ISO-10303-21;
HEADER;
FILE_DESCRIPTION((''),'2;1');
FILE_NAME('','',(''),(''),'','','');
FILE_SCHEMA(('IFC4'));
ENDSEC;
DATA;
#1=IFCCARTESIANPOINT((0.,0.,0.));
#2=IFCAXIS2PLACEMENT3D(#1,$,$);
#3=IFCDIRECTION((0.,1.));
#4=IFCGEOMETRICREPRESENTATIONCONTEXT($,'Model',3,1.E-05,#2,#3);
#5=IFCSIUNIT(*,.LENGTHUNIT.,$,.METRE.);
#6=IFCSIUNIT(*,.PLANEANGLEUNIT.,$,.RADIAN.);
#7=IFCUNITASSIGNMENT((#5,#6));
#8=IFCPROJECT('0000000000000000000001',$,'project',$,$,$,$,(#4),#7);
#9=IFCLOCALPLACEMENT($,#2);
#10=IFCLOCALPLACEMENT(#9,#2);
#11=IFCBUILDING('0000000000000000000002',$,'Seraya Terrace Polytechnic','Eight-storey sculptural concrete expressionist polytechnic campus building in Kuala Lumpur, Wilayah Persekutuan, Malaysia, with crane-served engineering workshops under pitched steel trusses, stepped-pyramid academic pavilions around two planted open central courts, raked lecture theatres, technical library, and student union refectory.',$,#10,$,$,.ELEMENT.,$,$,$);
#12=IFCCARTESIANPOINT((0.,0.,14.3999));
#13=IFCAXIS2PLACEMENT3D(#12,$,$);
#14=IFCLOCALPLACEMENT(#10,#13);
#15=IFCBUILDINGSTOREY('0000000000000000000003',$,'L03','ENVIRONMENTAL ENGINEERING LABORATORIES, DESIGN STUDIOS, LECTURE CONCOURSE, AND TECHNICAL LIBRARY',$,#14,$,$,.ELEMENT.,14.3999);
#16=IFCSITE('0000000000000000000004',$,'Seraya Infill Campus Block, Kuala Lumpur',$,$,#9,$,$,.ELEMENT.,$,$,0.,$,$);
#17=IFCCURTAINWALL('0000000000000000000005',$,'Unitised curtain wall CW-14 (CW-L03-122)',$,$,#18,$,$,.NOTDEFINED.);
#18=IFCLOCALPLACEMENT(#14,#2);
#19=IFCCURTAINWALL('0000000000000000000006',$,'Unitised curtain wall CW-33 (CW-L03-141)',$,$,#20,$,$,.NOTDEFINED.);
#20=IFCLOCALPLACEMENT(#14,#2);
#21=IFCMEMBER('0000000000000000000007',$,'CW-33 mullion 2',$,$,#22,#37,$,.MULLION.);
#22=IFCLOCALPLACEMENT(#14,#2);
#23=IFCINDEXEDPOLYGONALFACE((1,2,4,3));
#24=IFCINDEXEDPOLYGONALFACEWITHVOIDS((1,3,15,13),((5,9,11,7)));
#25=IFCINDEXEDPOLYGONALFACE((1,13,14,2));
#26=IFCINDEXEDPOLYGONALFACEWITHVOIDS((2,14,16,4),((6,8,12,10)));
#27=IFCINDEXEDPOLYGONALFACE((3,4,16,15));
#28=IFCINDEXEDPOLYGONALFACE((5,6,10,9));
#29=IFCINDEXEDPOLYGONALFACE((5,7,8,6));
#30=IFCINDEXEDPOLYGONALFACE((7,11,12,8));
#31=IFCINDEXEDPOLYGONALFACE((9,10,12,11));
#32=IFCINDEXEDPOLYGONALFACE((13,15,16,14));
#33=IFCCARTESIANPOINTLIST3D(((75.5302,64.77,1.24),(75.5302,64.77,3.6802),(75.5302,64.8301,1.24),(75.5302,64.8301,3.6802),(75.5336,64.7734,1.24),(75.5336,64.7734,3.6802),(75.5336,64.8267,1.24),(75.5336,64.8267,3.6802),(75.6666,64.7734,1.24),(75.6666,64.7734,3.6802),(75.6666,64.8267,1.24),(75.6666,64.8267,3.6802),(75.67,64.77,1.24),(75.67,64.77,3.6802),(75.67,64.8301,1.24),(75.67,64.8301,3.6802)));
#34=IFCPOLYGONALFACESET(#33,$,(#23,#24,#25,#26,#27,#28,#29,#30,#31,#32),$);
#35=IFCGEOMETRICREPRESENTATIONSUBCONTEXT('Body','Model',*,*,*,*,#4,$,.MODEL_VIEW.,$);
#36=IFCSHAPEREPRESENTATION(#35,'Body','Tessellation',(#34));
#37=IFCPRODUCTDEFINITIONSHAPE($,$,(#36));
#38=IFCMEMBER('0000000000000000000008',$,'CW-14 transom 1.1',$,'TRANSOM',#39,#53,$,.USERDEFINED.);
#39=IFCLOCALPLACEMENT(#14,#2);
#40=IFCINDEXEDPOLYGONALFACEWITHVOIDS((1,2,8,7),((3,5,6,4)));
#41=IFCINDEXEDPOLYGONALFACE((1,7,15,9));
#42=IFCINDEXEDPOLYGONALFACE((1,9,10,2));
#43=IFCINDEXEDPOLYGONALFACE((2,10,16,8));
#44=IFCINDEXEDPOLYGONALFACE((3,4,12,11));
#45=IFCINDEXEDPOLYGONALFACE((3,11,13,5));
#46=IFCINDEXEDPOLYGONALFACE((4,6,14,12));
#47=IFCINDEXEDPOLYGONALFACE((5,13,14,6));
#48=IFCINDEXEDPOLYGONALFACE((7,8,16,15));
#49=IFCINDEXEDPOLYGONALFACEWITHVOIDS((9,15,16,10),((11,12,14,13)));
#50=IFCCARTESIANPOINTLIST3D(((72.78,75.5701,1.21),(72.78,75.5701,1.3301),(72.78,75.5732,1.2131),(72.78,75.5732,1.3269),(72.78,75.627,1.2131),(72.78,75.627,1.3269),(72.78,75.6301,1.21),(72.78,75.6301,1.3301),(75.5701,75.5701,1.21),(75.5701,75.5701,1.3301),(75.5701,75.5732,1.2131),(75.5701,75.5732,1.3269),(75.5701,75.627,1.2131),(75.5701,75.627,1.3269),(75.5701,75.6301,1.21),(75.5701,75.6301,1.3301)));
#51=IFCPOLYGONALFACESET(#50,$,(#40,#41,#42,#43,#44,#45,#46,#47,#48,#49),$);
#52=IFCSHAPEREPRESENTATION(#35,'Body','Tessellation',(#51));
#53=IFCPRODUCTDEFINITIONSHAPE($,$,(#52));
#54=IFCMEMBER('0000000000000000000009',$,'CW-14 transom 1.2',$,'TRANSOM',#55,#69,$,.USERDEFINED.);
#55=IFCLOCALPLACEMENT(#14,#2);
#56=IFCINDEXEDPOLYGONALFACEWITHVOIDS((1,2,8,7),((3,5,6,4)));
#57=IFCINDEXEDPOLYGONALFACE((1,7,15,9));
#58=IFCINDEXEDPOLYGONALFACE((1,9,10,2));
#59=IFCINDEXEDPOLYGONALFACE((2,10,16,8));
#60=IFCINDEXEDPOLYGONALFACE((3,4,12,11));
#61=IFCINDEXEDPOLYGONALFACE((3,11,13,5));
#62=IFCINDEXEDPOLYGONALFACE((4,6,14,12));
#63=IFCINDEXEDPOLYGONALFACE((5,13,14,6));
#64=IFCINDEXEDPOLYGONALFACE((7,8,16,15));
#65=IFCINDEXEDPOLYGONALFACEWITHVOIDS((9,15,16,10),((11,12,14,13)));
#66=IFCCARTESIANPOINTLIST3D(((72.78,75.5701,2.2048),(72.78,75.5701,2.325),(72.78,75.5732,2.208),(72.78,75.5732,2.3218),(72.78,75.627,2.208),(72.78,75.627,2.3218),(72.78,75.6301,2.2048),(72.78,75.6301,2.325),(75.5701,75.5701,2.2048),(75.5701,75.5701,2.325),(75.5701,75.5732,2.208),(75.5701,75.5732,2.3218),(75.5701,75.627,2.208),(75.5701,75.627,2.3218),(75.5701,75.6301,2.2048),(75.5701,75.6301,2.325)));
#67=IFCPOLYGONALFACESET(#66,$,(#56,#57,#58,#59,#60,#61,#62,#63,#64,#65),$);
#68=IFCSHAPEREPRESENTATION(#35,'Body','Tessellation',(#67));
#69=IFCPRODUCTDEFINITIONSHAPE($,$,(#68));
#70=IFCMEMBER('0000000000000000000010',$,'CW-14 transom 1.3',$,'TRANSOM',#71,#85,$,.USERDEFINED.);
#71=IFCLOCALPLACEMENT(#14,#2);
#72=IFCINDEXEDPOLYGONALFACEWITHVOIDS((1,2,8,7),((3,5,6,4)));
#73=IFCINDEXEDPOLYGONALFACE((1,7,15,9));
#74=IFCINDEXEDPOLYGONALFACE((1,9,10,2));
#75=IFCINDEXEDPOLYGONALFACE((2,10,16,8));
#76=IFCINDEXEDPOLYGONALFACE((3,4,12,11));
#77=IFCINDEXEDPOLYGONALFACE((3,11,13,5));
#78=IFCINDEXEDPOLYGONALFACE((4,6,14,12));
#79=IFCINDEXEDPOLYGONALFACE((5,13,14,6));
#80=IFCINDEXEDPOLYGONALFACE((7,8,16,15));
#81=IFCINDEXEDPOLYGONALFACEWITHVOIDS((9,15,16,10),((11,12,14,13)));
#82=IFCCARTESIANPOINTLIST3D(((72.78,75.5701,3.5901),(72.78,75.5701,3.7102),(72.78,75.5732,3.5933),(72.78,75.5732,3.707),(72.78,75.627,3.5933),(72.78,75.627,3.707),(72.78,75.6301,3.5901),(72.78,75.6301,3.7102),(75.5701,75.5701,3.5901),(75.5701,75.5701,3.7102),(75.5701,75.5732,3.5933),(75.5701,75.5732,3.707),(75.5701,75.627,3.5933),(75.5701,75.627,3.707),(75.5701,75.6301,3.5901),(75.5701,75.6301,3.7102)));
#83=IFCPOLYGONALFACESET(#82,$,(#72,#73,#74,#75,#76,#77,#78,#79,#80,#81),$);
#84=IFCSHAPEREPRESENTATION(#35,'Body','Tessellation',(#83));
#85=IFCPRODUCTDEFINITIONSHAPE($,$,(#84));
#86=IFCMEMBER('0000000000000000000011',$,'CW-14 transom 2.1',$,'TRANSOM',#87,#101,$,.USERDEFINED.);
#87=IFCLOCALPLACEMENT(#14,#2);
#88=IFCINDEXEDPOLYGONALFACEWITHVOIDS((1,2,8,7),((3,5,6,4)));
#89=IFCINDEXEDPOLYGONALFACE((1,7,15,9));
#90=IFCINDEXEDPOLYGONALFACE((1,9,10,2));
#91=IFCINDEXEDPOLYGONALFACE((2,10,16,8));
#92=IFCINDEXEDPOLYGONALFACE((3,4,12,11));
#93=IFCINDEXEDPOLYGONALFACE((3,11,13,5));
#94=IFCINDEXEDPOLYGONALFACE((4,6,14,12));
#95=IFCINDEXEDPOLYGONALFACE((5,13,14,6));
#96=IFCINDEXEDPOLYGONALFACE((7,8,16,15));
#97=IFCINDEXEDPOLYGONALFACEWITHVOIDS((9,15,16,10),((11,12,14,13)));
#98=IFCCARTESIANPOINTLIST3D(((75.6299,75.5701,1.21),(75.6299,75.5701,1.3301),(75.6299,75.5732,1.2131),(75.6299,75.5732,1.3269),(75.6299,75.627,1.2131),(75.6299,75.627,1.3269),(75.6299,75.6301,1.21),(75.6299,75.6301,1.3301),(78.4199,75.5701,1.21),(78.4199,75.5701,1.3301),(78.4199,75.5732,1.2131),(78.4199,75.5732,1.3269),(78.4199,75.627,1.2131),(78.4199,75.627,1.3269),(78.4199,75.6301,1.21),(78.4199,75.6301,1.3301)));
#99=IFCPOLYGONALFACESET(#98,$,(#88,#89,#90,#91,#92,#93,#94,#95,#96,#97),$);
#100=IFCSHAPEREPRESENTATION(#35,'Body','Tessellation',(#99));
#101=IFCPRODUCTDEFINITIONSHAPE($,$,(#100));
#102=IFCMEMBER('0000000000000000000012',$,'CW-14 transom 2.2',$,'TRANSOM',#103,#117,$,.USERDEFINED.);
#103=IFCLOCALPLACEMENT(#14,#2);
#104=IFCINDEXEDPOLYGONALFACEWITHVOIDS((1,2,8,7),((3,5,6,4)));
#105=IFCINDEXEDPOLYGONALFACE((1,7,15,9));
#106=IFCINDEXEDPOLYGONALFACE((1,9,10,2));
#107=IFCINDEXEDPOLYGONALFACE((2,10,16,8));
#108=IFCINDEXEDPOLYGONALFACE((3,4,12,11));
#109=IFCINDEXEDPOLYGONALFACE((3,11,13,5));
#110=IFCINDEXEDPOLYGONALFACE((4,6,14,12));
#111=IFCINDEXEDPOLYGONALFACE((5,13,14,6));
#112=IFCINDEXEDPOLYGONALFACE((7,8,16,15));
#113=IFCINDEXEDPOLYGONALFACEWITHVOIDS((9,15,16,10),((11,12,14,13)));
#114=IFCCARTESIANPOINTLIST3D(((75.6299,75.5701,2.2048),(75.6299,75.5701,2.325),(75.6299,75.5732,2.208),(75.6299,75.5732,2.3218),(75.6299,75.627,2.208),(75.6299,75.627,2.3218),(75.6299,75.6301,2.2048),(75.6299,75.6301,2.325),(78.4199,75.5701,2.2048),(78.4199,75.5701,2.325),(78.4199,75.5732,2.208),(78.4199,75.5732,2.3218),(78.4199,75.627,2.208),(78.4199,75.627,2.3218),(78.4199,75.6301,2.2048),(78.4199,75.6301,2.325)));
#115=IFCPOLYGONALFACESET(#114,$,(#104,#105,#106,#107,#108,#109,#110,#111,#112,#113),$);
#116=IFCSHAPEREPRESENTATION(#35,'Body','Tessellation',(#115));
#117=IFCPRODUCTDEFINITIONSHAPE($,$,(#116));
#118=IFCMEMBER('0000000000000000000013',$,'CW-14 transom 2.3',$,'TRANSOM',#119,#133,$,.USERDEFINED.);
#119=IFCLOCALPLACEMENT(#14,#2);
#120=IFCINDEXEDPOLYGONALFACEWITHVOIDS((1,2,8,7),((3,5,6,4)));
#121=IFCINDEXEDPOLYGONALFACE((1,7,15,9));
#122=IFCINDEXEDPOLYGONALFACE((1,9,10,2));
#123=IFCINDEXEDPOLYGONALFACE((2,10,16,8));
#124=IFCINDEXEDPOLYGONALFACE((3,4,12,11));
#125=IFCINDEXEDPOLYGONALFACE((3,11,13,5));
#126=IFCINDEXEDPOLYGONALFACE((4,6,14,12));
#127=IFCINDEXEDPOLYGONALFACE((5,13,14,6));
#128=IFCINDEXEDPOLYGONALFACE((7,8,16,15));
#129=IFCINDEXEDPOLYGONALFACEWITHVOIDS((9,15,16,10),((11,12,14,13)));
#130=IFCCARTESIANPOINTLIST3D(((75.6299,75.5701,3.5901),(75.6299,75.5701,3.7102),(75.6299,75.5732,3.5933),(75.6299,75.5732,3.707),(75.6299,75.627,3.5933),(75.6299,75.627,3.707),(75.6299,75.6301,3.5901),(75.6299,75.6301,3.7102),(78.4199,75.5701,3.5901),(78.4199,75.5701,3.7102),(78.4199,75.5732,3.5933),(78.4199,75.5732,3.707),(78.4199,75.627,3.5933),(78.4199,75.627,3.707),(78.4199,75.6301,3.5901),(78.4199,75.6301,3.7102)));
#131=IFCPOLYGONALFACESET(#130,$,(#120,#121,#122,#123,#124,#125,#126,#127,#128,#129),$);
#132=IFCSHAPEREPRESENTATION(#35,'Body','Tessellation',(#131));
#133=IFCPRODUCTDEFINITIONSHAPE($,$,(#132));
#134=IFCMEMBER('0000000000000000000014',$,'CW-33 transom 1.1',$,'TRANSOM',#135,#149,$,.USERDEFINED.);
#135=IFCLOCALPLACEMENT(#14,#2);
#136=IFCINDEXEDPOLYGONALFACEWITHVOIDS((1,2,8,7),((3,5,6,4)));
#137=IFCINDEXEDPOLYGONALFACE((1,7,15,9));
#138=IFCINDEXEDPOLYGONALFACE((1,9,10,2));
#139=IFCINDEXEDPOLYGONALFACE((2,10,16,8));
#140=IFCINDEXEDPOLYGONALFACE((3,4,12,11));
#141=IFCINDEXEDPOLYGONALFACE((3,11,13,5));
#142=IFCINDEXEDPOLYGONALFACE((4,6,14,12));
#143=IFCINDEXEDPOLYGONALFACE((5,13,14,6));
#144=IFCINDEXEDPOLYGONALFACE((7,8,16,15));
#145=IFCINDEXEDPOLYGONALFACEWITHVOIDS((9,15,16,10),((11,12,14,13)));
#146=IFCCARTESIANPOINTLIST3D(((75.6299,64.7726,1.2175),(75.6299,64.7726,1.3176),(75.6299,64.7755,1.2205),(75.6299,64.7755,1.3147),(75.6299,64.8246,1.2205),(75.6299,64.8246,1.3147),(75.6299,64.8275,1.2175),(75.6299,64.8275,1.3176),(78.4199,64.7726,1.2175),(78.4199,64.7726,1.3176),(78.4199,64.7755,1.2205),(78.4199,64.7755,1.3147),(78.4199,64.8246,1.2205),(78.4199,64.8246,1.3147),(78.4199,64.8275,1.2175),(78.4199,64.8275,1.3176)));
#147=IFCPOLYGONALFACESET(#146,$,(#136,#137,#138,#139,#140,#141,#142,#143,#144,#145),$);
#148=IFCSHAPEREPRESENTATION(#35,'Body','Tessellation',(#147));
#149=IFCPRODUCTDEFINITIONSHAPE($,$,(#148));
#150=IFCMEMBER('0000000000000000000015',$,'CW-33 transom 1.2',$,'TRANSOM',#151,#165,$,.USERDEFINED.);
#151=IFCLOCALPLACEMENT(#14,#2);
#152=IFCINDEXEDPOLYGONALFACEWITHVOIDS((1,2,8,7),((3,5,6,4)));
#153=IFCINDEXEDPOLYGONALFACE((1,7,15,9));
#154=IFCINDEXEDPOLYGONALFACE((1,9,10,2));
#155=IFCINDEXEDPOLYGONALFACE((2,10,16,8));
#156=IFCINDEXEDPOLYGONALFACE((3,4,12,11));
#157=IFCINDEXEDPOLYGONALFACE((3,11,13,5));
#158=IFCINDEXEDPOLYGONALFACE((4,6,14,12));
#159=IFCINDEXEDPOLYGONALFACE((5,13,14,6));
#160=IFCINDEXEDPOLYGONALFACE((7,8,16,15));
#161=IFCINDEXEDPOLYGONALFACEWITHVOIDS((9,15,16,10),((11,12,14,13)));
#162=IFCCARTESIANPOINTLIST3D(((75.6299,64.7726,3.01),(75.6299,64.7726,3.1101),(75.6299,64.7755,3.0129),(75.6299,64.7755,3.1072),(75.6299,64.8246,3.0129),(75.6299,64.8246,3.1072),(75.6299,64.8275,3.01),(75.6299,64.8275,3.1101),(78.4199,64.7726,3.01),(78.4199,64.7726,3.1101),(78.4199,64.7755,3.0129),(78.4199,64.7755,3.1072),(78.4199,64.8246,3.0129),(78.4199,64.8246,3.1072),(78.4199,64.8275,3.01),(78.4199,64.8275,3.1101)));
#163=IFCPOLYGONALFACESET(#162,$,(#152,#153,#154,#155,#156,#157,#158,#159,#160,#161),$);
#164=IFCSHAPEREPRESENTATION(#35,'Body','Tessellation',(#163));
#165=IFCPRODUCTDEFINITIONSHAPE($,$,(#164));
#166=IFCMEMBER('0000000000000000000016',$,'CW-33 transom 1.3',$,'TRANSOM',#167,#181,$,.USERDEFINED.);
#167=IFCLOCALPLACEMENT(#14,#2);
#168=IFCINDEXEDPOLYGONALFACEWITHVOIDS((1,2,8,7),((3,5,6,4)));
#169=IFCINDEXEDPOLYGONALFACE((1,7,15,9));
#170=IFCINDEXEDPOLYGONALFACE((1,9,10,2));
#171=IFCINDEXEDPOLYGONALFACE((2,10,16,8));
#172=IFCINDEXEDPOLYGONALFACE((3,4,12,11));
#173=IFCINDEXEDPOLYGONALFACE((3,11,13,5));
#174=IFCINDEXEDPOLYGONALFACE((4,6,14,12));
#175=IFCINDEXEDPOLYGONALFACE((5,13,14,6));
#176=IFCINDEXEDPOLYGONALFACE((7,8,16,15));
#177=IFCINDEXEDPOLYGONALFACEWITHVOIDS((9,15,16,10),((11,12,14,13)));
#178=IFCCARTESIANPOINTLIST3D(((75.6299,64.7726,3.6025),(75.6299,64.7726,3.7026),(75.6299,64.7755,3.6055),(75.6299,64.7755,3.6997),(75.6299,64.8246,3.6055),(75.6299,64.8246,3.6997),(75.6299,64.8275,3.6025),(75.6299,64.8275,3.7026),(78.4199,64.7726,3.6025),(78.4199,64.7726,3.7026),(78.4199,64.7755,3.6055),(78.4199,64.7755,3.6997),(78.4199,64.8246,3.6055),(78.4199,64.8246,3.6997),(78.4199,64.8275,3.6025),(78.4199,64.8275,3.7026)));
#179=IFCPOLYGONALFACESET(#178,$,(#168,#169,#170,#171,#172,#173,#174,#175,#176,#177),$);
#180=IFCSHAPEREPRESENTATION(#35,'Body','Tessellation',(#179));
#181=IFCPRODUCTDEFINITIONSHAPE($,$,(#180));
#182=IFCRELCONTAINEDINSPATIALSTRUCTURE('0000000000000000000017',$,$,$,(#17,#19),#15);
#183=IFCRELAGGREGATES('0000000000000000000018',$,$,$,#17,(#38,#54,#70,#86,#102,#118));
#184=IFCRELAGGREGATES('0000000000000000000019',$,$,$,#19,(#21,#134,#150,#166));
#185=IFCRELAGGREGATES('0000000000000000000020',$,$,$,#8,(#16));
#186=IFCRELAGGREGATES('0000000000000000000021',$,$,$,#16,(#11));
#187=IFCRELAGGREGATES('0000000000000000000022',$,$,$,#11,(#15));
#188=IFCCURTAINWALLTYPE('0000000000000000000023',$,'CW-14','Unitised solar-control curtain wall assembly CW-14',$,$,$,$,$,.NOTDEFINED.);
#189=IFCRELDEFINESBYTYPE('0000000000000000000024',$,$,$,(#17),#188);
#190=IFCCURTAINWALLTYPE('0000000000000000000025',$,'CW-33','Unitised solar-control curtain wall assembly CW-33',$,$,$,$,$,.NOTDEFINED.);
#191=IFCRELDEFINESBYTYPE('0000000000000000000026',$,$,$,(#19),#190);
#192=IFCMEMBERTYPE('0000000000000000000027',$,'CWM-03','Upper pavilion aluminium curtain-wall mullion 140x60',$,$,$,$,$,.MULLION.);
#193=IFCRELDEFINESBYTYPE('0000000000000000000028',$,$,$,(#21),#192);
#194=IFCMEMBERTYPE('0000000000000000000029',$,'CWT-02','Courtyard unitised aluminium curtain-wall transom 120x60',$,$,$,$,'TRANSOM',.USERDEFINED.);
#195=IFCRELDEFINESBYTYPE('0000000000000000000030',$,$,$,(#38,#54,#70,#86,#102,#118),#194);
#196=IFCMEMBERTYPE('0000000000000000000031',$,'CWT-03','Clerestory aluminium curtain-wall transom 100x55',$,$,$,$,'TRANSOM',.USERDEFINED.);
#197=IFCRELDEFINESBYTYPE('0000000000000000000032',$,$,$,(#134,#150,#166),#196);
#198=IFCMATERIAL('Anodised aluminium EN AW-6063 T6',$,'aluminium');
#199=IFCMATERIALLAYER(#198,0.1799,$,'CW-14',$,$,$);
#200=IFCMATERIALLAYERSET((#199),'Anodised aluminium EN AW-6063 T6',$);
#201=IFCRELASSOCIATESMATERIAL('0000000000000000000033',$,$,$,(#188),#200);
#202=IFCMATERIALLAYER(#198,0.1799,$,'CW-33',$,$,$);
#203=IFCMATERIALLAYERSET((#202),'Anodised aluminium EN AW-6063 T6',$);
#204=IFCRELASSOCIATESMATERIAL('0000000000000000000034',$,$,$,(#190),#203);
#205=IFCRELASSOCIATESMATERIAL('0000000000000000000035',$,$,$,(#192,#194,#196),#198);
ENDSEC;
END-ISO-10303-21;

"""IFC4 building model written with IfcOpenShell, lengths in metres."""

from ifc_helpers import new_model, si_unit, direction, frame, origin, origin_2d, place, context, subcontext, project, spatial, hollow_rectangle, extrude, material, layer, layer_set, material_profile, profile_set, type_object, element, aggregate, save


model = new_model("IFC4")

# Units and contexts
model_context = context("Model", 3, precision=1e-05, world=origin(), true_north=direction((0.0, 1.0)))
body_context = subcontext(model_context, "Body", "Model", "MODEL_VIEW")
ifc_project = project(units=[si_unit("LENGTHUNIT", "METRE"), si_unit("PLANEANGLEUNIT", "RADIAN")], contexts=[model_context])

# Site, building, storey
site_placement = place(None, origin())
site = spatial("IfcSite", under=ifc_project, at=site_placement, Name="Seraya Infill Campus Block, Kuala Lumpur", CompositionType="ELEMENT", RefElevation=0.0)
building_placement = place(site_placement, origin())
building = spatial("IfcBuilding", under=site, at=building_placement, Name="Seraya Terrace Polytechnic", Description="Eight-storey sculptural concrete expressionist polytechnic campus building in Kuala Lumpur, Wilayah Persekutuan, Malaysia, with crane-served engineering workshops under pitched steel trusses, stepped-pyramid academic pavilions around two planted open central courts, raked lecture theatres, technical library, and student union refectory.", CompositionType="ELEMENT")
storey_placement = place(building_placement, frame((0.0, 0.0, 14.3999)))
storey = spatial("IfcBuildingStorey", under=building, at=storey_placement, Name="L03", Description="ENVIRONMENTAL ENGINEERING LABORATORIES, DESIGN STUDIOS, LECTURE CONCOURSE, AND TECHNICAL LIBRARY", CompositionType="ELEMENT", Elevation=14.3999)

# Shared definitions
ifc_material_1 = material(Name="Anodised aluminium EN AW-6063 T6", Category="aluminium")

# Curtain walls, member
ifc_layer_1 = layer(ifc_material_1, 0.1799, Name="CW-14")
ifc_layer_set_1 = layer_set([ifc_layer_1], Name="Anodised aluminium EN AW-6063 T6")
curtain_wall_type_1 = type_object("IfcCurtainWallType", Name="CW-14", Description="Unitised solar-control curtain wall assembly CW-14", PredefinedType="NOTDEFINED", material=ifc_layer_set_1)
curtain_wall_1_placement = place(storey_placement, origin())
curtain_wall_1 = element("IfcCurtainWall", 1, at=curtain_wall_1_placement, inside=storey, type_object=curtain_wall_type_1, Name="Unitised curtain wall CW-14 (CW-L03-122)", PredefinedType="NOTDEFINED")
ifc_layer_2 = layer(ifc_material_1, 0.1799, Name="CW-33")
ifc_layer_set_2 = layer_set([ifc_layer_2], Name="Anodised aluminium EN AW-6063 T6")
curtain_wall_type_2 = type_object("IfcCurtainWallType", Name="CW-33", Description="Unitised solar-control curtain wall assembly CW-33", PredefinedType="NOTDEFINED", material=ifc_layer_set_2)
curtain_wall_2_placement = place(storey_placement, origin())
curtain_wall_2 = element("IfcCurtainWall", 2, at=curtain_wall_2_placement, inside=storey, type_object=curtain_wall_type_2, Name="Unitised curtain wall CW-33 (CW-L03-141)", PredefinedType="NOTDEFINED")
ifc_material_profile_1 = material_profile(ifc_material_1, hollow_rectangle(XDim=0.0601, YDim=0.1399, WallThickness=0.0034, at=origin_2d()), Name="RHS 140x60x3.5")
ifc_profile_set_1 = profile_set([ifc_material_profile_1], Name="Anodised aluminium EN AW-6063 T6")
member_type_1 = type_object("IfcMemberType", Name="CWM-03", Description="Upper pavilion aluminium curtain-wall mullion 140x60", PredefinedType="MULLION", material=ifc_profile_set_1)
member_1_placement = place(storey_placement, frame((75.6001, 64.8, 1.24), z_axis=(0.0, 0.0, 1.0), x_axis=(0.0, -1.0, 0.0)))
member_1 = element("IfcMember", 3, at=member_1_placement, type_object=member_type_1, Name="CW-33 mullion 2", PredefinedType="MULLION", context=body_context, shape_type="SweptSolid", body=[
    extrude(hollow_rectangle(XDim=0.0601, YDim=0.1399, WallThickness=0.0034, at=origin_2d()), origin(), (0.0, 0.0, 1.0), 2.4402),
])

# Members
ifc_material_profile_2 = material_profile(ifc_material_1, hollow_rectangle(XDim=0.0601, YDim=0.1201, WallThickness=0.0032, at=origin_2d()), Name="RHS 120x60x3.2")
ifc_profile_set_2 = profile_set([ifc_material_profile_2], Name="Anodised aluminium EN AW-6063 T6")
member_type_2 = type_object("IfcMemberType", Name="CWT-02", Description="Courtyard unitised aluminium curtain-wall transom 120x60", ElementType="TRANSOM", PredefinedType="USERDEFINED", material=ifc_profile_set_2)
member_2_placement = place(storey_placement, frame((72.78, 75.6001, 1.27), z_axis=(1.0, 0.0, 0.0), x_axis=(0.0, 1.0, 0.0)))
member_2 = element("IfcMember", 4, at=member_2_placement, type_object=member_type_2, Name="CW-14 transom 1.1", ObjectType="TRANSOM", PredefinedType="USERDEFINED", context=body_context, shape_type="SweptSolid", body=[
    extrude(hollow_rectangle(XDim=0.0601, YDim=0.1201, WallThickness=0.0032, at=origin_2d()), origin(), (0.0, 0.0, 1.0), 2.79),
])
member_3_placement = place(storey_placement, frame((72.78, 75.6001, 2.2649), z_axis=(1.0, 0.0, 0.0), x_axis=(0.0, 1.0, 0.0)))
member_3 = element("IfcMember", 5, at=member_3_placement, type_object=member_type_2, Name="CW-14 transom 1.2", ObjectType="TRANSOM", PredefinedType="USERDEFINED", context=body_context, shape_type="SweptSolid", body=[
    extrude(hollow_rectangle(XDim=0.0601, YDim=0.1201, WallThickness=0.0032, at=origin_2d()), origin(), (0.0, 0.0, 1.0), 2.79),
])
member_4_placement = place(storey_placement, frame((72.78, 75.6001, 3.6501), z_axis=(1.0, 0.0, 0.0), x_axis=(0.0, 1.0, 0.0)))
member_4 = element("IfcMember", 6, at=member_4_placement, type_object=member_type_2, Name="CW-14 transom 1.3", ObjectType="TRANSOM", PredefinedType="USERDEFINED", context=body_context, shape_type="SweptSolid", body=[
    extrude(hollow_rectangle(XDim=0.0601, YDim=0.1201, WallThickness=0.0032, at=origin_2d()), origin(), (0.0, 0.0, 1.0), 2.79),
])
member_5_placement = place(storey_placement, frame((75.6299, 75.6001, 1.27), z_axis=(1.0, 0.0, 0.0), x_axis=(0.0, 1.0, 0.0)))
member_5 = element("IfcMember", 7, at=member_5_placement, type_object=member_type_2, Name="CW-14 transom 2.1", ObjectType="TRANSOM", PredefinedType="USERDEFINED", context=body_context, shape_type="SweptSolid", body=[
    extrude(hollow_rectangle(XDim=0.0601, YDim=0.1201, WallThickness=0.0032, at=origin_2d()), origin(), (0.0, 0.0, 1.0), 2.79),
])
member_6_placement = place(storey_placement, frame((75.6299, 75.6001, 2.2649), z_axis=(1.0, 0.0, 0.0), x_axis=(0.0, 1.0, 0.0)))
member_6 = element("IfcMember", 8, at=member_6_placement, type_object=member_type_2, Name="CW-14 transom 2.2", ObjectType="TRANSOM", PredefinedType="USERDEFINED", context=body_context, shape_type="SweptSolid", body=[
    extrude(hollow_rectangle(XDim=0.0601, YDim=0.1201, WallThickness=0.0032, at=origin_2d()), origin(), (0.0, 0.0, 1.0), 2.79),
])
member_7_placement = place(storey_placement, frame((75.6299, 75.6001, 3.6501), z_axis=(1.0, 0.0, 0.0), x_axis=(0.0, 1.0, 0.0)))
member_7 = element("IfcMember", 9, at=member_7_placement, type_object=member_type_2, Name="CW-14 transom 2.3", ObjectType="TRANSOM", PredefinedType="USERDEFINED", context=body_context, shape_type="SweptSolid", body=[
    extrude(hollow_rectangle(XDim=0.0601, YDim=0.1201, WallThickness=0.0032, at=origin_2d()), origin(), (0.0, 0.0, 1.0), 2.79),
])
ifc_material_profile_3 = material_profile(ifc_material_1, hollow_rectangle(XDim=0.0549, YDim=0.1001, WallThickness=0.0029, at=origin_2d()), Name="RHS 100x55x3.0")
ifc_profile_set_3 = profile_set([ifc_material_profile_3], Name="Anodised aluminium EN AW-6063 T6")
member_type_3 = type_object("IfcMemberType", Name="CWT-03", Description="Clerestory aluminium curtain-wall transom 100x55", ElementType="TRANSOM", PredefinedType="USERDEFINED", material=ifc_profile_set_3)
member_8_placement = place(storey_placement, frame((78.4199, 64.8, 1.2676), z_axis=(-1.0, 0.0, 0.0), x_axis=(0.0, -1.0, 0.0)))
member_8 = element("IfcMember", 10, at=member_8_placement, type_object=member_type_3, Name="CW-33 transom 1.1", ObjectType="TRANSOM", PredefinedType="USERDEFINED", context=body_context, shape_type="SweptSolid", body=[
    extrude(hollow_rectangle(XDim=0.0549, YDim=0.1001, WallThickness=0.0029, at=origin_2d()), origin(), (0.0, 0.0, 1.0), 2.79),
])
member_9_placement = place(storey_placement, frame((78.4199, 64.8, 3.0601), z_axis=(-1.0, 0.0, 0.0), x_axis=(0.0, -1.0, 0.0)))
member_9 = element("IfcMember", 11, at=member_9_placement, type_object=member_type_3, Name="CW-33 transom 1.2", ObjectType="TRANSOM", PredefinedType="USERDEFINED", context=body_context, shape_type="SweptSolid", body=[
    extrude(hollow_rectangle(XDim=0.0549, YDim=0.1001, WallThickness=0.0029, at=origin_2d()), origin(), (0.0, 0.0, 1.0), 2.79),
])
member_10_placement = place(storey_placement, frame((78.4199, 64.8, 3.6526), z_axis=(-1.0, 0.0, 0.0), x_axis=(0.0, -1.0, 0.0)))
member_10 = element("IfcMember", 12, at=member_10_placement, type_object=member_type_3, Name="CW-33 transom 1.3", ObjectType="TRANSOM", PredefinedType="USERDEFINED", context=body_context, shape_type="SweptSolid", body=[
    extrude(hollow_rectangle(XDim=0.0549, YDim=0.1001, WallThickness=0.0029, at=origin_2d()), origin(), (0.0, 0.0, 1.0), 2.79),
])

aggregate(curtain_wall_1, [member_2, member_3, member_4, member_5, member_6, member_7])
aggregate(curtain_wall_2, [member_1, member_8, member_9, member_10])

save(model, "model.ifc")
